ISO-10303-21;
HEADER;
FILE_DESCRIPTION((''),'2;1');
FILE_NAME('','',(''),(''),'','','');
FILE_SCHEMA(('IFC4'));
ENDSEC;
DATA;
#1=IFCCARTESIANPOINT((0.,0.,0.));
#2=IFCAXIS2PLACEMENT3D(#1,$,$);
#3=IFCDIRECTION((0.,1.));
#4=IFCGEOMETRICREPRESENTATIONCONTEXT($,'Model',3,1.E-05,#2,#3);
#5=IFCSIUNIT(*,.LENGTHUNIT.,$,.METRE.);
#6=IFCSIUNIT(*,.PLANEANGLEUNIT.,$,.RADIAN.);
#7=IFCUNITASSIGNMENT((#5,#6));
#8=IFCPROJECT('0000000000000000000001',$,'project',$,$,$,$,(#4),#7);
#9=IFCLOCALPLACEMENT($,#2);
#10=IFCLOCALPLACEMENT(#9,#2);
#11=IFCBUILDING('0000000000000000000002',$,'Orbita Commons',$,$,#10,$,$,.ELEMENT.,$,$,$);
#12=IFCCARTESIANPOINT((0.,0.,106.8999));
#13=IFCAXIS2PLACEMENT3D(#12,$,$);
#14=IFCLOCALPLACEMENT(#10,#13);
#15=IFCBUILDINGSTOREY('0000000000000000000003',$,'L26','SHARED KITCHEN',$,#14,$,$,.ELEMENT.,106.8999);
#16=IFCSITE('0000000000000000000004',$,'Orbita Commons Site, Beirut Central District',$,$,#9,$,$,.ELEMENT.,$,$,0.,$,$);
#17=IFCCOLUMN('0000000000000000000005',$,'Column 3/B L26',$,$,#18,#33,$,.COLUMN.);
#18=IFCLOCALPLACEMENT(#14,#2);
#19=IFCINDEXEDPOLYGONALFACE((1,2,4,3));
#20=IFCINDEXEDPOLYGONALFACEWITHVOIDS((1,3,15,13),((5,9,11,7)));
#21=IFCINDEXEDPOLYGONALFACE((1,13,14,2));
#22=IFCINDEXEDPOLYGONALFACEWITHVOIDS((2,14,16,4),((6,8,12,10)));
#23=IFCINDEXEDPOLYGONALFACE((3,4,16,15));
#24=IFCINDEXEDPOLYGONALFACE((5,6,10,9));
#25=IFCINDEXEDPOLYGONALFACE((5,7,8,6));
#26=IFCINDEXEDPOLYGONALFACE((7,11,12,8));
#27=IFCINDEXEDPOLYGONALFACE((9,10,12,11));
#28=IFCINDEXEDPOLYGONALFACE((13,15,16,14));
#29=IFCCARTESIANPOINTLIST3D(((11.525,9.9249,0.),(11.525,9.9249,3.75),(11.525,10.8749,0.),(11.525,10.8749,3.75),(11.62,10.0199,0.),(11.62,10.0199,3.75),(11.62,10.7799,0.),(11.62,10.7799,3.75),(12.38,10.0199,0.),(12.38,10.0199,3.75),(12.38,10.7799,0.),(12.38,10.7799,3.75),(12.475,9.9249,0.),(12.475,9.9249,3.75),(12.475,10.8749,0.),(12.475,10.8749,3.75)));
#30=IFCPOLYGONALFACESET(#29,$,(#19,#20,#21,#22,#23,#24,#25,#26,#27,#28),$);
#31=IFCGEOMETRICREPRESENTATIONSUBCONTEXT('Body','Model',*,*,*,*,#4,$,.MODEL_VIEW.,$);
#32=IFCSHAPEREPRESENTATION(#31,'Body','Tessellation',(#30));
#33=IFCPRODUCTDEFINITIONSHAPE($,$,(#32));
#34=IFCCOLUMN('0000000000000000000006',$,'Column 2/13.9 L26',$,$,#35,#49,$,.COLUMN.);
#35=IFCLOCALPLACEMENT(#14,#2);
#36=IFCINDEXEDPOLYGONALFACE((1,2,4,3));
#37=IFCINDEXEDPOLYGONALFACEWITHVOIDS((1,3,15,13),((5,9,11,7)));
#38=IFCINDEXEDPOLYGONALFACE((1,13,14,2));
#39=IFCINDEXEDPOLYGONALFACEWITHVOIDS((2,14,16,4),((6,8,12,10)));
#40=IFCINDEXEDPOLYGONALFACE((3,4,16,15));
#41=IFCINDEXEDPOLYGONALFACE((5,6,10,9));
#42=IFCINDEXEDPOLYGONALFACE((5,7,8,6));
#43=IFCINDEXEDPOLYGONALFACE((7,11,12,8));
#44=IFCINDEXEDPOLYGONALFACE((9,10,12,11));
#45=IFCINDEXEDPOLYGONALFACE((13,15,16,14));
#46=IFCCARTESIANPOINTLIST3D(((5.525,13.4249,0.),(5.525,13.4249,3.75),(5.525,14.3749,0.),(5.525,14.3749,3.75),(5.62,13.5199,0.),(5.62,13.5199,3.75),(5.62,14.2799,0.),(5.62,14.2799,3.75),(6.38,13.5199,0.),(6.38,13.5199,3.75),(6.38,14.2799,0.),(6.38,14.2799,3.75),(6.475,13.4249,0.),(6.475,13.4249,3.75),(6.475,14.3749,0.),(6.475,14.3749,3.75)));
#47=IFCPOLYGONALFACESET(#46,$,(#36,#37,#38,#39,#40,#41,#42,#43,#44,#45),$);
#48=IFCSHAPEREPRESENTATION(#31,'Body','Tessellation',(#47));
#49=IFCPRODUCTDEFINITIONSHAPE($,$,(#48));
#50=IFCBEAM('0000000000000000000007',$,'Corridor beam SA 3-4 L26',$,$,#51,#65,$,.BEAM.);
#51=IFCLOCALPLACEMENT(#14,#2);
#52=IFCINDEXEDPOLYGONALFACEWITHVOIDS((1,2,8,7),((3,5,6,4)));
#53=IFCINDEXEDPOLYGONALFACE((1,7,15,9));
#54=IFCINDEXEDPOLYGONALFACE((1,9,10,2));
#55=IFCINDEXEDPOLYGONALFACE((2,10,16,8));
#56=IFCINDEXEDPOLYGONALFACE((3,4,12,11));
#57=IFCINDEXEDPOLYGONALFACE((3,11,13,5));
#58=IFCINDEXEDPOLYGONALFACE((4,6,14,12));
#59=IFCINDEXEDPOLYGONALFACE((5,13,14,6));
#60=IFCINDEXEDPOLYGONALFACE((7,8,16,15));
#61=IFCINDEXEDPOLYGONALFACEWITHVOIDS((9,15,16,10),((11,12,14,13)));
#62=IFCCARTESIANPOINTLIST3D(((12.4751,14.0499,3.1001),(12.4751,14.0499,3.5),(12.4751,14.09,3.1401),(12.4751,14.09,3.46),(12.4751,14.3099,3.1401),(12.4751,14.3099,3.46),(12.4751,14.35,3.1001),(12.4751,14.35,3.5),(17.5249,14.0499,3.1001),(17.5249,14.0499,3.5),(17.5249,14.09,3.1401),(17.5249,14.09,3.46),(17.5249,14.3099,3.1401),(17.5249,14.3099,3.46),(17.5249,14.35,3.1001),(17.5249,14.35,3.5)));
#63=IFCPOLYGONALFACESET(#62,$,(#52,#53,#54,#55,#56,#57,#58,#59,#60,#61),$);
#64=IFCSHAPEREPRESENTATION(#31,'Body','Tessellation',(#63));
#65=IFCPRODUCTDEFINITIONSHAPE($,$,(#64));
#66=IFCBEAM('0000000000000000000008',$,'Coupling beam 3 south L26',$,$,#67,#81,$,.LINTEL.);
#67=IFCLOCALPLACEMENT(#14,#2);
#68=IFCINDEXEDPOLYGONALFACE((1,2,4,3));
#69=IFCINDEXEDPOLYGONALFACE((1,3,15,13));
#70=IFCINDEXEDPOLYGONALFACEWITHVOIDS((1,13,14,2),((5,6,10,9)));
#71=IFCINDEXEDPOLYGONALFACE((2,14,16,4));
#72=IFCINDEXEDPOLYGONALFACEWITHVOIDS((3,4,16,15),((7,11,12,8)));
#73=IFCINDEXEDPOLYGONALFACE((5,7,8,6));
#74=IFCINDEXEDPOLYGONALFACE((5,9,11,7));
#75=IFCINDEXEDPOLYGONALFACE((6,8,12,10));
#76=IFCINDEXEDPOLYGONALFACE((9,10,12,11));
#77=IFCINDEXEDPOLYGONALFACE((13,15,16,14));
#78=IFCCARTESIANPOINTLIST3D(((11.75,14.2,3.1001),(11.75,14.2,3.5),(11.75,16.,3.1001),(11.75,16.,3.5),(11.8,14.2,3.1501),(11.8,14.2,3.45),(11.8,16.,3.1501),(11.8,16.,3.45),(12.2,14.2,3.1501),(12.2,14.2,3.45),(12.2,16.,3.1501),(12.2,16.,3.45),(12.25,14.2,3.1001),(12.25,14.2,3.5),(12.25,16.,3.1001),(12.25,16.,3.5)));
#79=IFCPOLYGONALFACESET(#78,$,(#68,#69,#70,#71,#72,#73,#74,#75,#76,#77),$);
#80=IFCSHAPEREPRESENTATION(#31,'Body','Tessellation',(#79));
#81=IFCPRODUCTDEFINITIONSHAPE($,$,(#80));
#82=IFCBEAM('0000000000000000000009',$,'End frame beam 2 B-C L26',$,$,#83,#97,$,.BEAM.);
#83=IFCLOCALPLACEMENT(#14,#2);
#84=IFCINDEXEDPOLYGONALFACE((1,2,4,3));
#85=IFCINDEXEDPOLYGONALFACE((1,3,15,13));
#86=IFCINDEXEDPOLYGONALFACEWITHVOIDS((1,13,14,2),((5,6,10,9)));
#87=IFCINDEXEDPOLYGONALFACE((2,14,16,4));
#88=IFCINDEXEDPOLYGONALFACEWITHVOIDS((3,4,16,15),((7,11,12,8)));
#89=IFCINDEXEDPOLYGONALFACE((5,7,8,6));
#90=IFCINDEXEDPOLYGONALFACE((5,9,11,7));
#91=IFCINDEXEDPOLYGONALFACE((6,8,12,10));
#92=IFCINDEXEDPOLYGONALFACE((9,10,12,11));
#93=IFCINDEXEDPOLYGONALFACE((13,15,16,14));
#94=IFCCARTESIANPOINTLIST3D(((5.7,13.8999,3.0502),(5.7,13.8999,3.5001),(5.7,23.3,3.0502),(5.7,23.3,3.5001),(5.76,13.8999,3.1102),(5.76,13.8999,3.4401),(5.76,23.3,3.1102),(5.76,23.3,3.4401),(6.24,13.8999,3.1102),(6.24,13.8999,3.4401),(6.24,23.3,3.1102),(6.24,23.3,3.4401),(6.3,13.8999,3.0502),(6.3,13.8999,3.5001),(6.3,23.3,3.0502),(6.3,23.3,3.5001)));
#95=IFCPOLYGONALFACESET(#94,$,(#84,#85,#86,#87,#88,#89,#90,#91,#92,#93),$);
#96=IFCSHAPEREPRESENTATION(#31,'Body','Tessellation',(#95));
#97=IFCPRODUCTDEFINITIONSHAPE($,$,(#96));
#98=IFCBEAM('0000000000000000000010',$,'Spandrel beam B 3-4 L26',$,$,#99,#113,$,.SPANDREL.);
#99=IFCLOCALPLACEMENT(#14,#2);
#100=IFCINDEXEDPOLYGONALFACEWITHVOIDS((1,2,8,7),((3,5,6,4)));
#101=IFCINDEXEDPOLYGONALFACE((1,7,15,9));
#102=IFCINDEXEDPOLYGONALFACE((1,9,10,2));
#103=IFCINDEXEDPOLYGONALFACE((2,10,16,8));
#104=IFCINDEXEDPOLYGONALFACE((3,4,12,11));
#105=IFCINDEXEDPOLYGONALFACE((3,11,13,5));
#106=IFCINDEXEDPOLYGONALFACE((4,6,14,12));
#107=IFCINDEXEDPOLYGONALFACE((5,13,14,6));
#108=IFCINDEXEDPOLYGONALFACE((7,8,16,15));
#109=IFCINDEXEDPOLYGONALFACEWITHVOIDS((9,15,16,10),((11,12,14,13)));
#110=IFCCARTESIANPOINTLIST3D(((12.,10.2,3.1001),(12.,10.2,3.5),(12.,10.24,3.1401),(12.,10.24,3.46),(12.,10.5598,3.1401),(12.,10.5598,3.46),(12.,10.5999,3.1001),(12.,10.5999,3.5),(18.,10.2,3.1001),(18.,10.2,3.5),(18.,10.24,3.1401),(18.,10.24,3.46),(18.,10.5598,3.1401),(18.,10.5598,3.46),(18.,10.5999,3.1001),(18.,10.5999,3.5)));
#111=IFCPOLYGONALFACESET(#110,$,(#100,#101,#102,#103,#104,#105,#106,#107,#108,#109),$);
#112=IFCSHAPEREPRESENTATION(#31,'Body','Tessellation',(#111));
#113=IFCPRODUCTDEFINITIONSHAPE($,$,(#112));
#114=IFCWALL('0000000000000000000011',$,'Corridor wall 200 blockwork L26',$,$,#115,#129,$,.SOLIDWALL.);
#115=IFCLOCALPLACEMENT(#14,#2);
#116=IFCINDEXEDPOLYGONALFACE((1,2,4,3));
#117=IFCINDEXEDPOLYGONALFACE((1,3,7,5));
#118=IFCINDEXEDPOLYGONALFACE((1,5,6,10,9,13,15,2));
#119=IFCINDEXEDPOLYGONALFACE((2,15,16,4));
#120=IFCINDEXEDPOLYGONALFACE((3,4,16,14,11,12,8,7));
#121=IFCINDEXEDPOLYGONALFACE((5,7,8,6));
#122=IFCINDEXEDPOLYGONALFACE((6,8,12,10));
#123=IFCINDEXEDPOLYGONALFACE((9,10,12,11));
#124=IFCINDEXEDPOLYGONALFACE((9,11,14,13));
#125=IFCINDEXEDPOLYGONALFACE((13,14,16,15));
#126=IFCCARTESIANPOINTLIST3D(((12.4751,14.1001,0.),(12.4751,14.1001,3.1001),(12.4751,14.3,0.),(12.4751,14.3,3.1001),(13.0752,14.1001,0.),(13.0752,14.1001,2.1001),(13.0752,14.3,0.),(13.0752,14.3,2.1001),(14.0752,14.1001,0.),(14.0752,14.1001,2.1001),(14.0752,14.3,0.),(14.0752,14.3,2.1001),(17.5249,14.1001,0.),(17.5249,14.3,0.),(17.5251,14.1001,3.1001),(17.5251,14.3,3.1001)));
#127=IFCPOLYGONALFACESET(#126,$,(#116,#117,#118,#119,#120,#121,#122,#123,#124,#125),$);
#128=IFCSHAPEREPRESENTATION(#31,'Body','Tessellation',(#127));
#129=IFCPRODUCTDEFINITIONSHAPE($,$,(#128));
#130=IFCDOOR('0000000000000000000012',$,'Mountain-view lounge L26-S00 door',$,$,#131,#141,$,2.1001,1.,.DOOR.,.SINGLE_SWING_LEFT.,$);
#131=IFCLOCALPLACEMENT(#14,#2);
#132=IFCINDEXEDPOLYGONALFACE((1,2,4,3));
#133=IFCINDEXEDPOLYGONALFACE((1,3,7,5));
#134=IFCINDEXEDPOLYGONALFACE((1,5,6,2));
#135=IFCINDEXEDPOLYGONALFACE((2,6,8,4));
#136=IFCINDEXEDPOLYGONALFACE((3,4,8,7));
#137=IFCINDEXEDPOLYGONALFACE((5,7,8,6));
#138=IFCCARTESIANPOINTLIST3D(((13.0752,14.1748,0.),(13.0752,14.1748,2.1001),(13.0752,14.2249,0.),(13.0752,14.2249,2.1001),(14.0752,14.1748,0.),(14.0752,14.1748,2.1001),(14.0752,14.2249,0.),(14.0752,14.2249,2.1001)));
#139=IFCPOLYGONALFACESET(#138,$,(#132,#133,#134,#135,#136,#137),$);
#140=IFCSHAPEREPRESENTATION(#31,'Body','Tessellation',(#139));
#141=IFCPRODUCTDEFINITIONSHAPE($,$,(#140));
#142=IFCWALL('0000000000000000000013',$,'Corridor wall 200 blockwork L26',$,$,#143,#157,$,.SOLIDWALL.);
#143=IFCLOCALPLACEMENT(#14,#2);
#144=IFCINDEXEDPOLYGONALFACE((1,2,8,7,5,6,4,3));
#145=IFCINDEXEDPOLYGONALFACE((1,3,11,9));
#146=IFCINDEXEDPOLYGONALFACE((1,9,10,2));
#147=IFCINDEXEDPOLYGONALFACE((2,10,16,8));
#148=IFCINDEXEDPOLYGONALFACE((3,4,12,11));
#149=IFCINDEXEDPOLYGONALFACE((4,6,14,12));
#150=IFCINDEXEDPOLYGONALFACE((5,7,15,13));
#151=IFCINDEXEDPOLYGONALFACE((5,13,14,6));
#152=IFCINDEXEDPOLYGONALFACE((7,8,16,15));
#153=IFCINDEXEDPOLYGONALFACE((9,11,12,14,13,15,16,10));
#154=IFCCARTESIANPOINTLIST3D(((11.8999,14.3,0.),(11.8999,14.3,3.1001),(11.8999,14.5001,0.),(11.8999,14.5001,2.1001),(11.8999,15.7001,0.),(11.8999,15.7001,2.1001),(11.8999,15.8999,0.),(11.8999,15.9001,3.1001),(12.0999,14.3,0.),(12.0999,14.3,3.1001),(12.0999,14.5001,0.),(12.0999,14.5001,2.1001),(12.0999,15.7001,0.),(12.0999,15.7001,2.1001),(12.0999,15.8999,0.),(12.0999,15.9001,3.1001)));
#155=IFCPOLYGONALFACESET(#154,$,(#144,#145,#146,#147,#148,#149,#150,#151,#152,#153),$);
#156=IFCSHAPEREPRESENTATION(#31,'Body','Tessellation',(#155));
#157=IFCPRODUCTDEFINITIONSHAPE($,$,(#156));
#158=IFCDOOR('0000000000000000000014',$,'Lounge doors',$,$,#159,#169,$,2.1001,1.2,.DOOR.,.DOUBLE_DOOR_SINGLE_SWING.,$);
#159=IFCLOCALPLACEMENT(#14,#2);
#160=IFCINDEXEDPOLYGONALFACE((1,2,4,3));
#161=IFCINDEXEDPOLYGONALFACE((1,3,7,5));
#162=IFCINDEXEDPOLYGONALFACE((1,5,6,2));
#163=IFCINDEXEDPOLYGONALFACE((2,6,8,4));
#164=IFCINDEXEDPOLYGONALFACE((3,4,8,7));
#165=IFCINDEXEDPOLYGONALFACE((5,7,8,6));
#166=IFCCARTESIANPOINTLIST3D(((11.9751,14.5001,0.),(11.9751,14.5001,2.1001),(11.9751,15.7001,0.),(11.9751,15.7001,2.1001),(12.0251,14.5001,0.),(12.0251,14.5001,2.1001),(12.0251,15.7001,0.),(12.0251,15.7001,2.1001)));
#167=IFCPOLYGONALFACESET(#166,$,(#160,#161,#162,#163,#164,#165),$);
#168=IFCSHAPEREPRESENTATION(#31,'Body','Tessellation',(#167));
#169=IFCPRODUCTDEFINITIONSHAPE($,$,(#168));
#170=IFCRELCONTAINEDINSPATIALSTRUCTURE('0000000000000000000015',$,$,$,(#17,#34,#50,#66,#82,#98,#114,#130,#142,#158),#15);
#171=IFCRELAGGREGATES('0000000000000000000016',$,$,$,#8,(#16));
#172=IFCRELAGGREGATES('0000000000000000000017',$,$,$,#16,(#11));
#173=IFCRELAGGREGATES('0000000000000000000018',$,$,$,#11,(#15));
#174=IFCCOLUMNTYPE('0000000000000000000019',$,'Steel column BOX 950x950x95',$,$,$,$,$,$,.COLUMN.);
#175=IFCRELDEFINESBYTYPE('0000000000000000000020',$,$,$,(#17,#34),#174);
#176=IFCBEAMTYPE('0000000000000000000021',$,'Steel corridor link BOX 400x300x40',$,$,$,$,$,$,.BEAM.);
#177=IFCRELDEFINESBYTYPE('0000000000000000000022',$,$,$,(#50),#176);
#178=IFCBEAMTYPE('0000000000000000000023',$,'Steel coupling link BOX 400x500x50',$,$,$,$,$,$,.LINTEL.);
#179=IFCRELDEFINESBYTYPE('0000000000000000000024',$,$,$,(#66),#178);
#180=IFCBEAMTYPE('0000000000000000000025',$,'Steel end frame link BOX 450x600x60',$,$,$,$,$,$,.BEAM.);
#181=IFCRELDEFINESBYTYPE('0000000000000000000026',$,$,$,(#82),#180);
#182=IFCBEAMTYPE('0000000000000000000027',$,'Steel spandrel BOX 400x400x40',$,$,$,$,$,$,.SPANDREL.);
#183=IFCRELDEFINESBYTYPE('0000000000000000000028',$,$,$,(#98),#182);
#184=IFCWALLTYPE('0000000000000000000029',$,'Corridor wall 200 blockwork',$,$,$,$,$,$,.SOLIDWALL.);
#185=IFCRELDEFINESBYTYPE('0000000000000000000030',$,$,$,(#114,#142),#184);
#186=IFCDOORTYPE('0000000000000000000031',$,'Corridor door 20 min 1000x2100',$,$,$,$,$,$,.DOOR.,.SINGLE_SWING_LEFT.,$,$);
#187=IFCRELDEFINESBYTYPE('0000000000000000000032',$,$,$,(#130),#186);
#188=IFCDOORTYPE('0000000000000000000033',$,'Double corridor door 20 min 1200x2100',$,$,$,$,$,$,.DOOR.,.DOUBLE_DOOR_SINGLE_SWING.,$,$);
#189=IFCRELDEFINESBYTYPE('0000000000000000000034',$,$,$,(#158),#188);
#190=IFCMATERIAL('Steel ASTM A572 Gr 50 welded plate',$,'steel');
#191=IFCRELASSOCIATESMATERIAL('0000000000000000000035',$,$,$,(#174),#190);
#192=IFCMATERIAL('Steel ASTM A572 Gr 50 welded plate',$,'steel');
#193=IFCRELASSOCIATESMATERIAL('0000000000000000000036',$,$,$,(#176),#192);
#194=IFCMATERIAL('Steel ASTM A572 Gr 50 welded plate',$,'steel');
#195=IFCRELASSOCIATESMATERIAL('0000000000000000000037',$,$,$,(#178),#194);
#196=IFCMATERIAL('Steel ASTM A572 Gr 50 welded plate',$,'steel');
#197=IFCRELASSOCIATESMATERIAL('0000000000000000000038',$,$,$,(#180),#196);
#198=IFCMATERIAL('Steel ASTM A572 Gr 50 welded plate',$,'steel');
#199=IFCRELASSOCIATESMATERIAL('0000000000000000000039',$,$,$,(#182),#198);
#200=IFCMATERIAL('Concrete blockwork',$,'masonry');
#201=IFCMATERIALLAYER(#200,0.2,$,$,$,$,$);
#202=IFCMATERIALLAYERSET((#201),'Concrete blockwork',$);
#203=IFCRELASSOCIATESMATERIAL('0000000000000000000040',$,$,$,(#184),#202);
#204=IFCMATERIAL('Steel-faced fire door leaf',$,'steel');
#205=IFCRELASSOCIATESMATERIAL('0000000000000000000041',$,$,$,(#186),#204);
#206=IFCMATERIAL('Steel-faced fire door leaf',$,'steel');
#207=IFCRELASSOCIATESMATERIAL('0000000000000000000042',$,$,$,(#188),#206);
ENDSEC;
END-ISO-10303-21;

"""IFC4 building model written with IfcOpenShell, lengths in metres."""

from ifc_helpers import new_model, si_unit, direction, frame, frame_2d, origin, origin_2d, place, context, subcontext, project, spatial, polyline, rectangle, hollow_rectangle, outline, extrude, material, layer, layer_set, material_profile, profile_set, type_object, element, fill, save


model = new_model("IFC4")

# Units and contexts
model_context = context("Model", 3, precision=1e-05, world=origin(), true_north=direction((0.0, 1.0)))
body_context = subcontext(model_context, "Body", "Model", "MODEL_VIEW")
ifc_project = project(units=[si_unit("LENGTHUNIT", "METRE"), si_unit("PLANEANGLEUNIT", "RADIAN")], contexts=[model_context])

# Site, building, storey
site_placement = place(None, origin())
site = spatial("IfcSite", under=ifc_project, at=site_placement, Name="Orbita Commons Site, Beirut Central District", CompositionType="ELEMENT", RefElevation=0.0)
building_placement = place(site_placement, origin())
building = spatial("IfcBuilding", under=site, at=building_placement, Name="Orbita Commons", CompositionType="ELEMENT")
storey_placement = place(building_placement, frame((0.0, 0.0, 106.8999)))
storey = spatial("IfcBuildingStorey", under=building, at=storey_placement, Name="L26", Description="SHARED KITCHEN", CompositionType="ELEMENT", Elevation=106.8999)

# Columns
ifc_material_1 = material(Name="Steel ASTM A572 Gr 50 welded plate", Category="steel")
ifc_material_profile_1 = material_profile(ifc_material_1, hollow_rectangle(XDim=0.95, YDim=0.95, WallThickness=0.095, at=origin_2d()), Name="BOX 950x950x95")
ifc_profile_set_1 = profile_set([ifc_material_profile_1], Name="Steel ASTM A572 Gr 50 welded plate")
column_type = type_object("IfcColumnType", Name="Steel column BOX 950x950x95", PredefinedType="COLUMN", material=ifc_profile_set_1)
for number, where, z_axis, x_axis, name in (
    (1, (12.0, 10.3999, 0.0), (0.0, 0.0, 1.0), (1.0, 0.0, 0.0), "Column 3/B L26"),
    (2, (6.0, 13.8999, 0.0), (0.0, 0.0, 1.0), (1.0, 0.0, 0.0), "Column 2/13.9 L26"),
):
    element("IfcColumn", number, at=place(storey_placement, frame(where, z_axis=z_axis, x_axis=x_axis)), inside=storey, type_object=column_type, Name=name, PredefinedType="COLUMN", context=body_context, shape_type="SweptSolid", body=[
        extrude(hollow_rectangle(XDim=0.95, YDim=0.95, WallThickness=0.095, at=origin_2d()), origin(), (0.0, 0.0, 1.0), 3.75),
    ])

# Beams
ifc_material_2 = material(Name="Steel ASTM A572 Gr 50 welded plate", Category="steel")
ifc_material_profile_2 = material_profile(ifc_material_2, hollow_rectangle(XDim=0.3, YDim=0.3999, WallThickness=0.04, at=origin_2d()), Name="BOX 400x300x40")
ifc_profile_set_2 = profile_set([ifc_material_profile_2], Name="Steel ASTM A572 Gr 50 welded plate")
beam_type_1 = type_object("IfcBeamType", Name="Steel corridor link BOX 400x300x40", PredefinedType="BEAM", material=ifc_profile_set_2)
beam_1_placement = place(storey_placement, frame((12.4751, 14.2, 3.3), z_axis=(1.0, 0.0, 0.0), x_axis=(0.0, 1.0, 0.0)))
element("IfcBeam", 3, at=beam_1_placement, inside=storey, type_object=beam_type_1, Name="Corridor beam SA 3-4 L26", PredefinedType="BEAM", context=body_context, shape_type="SweptSolid", body=[
    extrude(hollow_rectangle(XDim=0.3, YDim=0.3999, WallThickness=0.04, at=origin_2d()), origin(), (0.0, 0.0, 1.0), 5.0498),
])
ifc_material_3 = material(Name="Steel ASTM A572 Gr 50 welded plate", Category="steel")
ifc_material_profile_3 = material_profile(ifc_material_3, hollow_rectangle(XDim=0.5, YDim=0.3999, WallThickness=0.05, at=origin_2d()), Name="BOX 400x500x50")
ifc_profile_set_3 = profile_set([ifc_material_profile_3], Name="Steel ASTM A572 Gr 50 welded plate")
beam_type_2 = type_object("IfcBeamType", Name="Steel coupling link BOX 400x500x50", PredefinedType="LINTEL", material=ifc_profile_set_3)
beam_2_placement = place(storey_placement, frame((12.0, 14.2, 3.3), z_axis=(0.0, 1.0, 0.0), x_axis=(-1.0, 0.0, 0.0)))
element("IfcBeam", 4, at=beam_2_placement, inside=storey, type_object=beam_type_2, Name="Coupling beam 3 south L26", PredefinedType="LINTEL", context=body_context, shape_type="SweptSolid", body=[
    extrude(hollow_rectangle(XDim=0.5, YDim=0.3999, WallThickness=0.05, at=origin_2d()), origin(), (0.0, 0.0, 1.0), 1.8),
])
ifc_material_4 = material(Name="Steel ASTM A572 Gr 50 welded plate", Category="steel")
ifc_material_profile_4 = material_profile(ifc_material_4, hollow_rectangle(XDim=0.6001, YDim=0.45, WallThickness=0.0601, at=origin_2d()), Name="BOX 450x600x60")
ifc_profile_set_4 = profile_set([ifc_material_profile_4], Name="Steel ASTM A572 Gr 50 welded plate")
beam_type_3 = type_object("IfcBeamType", Name="Steel end frame link BOX 450x600x60", PredefinedType="BEAM", material=ifc_profile_set_4)
beam_3_placement = place(storey_placement, frame((6.0, 13.8999, 3.2751), z_axis=(0.0, 1.0, 0.0), x_axis=(-1.0, 0.0, 0.0)))
element("IfcBeam", 5, at=beam_3_placement, inside=storey, type_object=beam_type_3, Name="End frame beam 2 B-C L26", PredefinedType="BEAM", context=body_context, shape_type="SweptSolid", body=[
    extrude(hollow_rectangle(XDim=0.6001, YDim=0.45, WallThickness=0.0601, at=origin_2d()), origin(), (0.0, 0.0, 1.0), 9.4001),
])
ifc_material_5 = material(Name="Steel ASTM A572 Gr 50 welded plate", Category="steel")
ifc_material_profile_5 = material_profile(ifc_material_5, hollow_rectangle(XDim=0.3999, YDim=0.3999, WallThickness=0.04, at=origin_2d()), Name="BOX 400x400x40")
ifc_profile_set_5 = profile_set([ifc_material_profile_5], Name="Steel ASTM A572 Gr 50 welded plate")
beam_type_4 = type_object("IfcBeamType", Name="Steel spandrel BOX 400x400x40", PredefinedType="SPANDREL", material=ifc_profile_set_5)
beam_4_placement = place(storey_placement, frame((12.0, 10.3999, 3.3), z_axis=(1.0, 0.0, 0.0), x_axis=(0.0, 1.0, 0.0)))
element("IfcBeam", 6, at=beam_4_placement, inside=storey, type_object=beam_type_4, Name="Spandrel beam B 3-4 L26", PredefinedType="SPANDREL", context=body_context, shape_type="SweptSolid", body=[
    extrude(hollow_rectangle(XDim=0.3999, YDim=0.3999, WallThickness=0.04, at=origin_2d()), origin(), (0.0, 0.0, 1.0), 6.0),
])

# Walls, openings, doors
ifc_material_6 = material(Name="Concrete blockwork", Category="masonry")
ifc_layer_1 = layer(ifc_material_6, 0.2)
ifc_layer_set_1 = layer_set([ifc_layer_1], Name="Concrete blockwork")
wall_type_1 = type_object("IfcWallType", Name="Corridor wall 200 blockwork", PredefinedType="SOLIDWALL", material=ifc_layer_set_1)
wall_1_placement = place(storey_placement, frame((12.4751, 14.2, 0.0), z_axis=(0.0, 0.0, 1.0), x_axis=(1.0, 0.0, 0.0)))
wall_1 = element("IfcWall", 7, at=wall_1_placement, inside=storey, type_object=wall_type_1, Name="Corridor wall 200 blockwork L26", PredefinedType="SOLIDWALL", context=body_context, shape_type="SweptSolid", body=[
    extrude(outline(polyline([(0.0, 0.0), (5.0498, 0.0), (5.05, 3.1001), (0.0, 3.1001), (0.0, 0.0)])), frame((0.0, 0.1001, 0.0), z_axis=(0.0, -1.0, 0.0), x_axis=(1.0, 0.0, 0.0)), (0.0, 0.0, 1.0), 0.2),
])
opening_1_placement = place(wall_1_placement, frame((0.6001, 0.0, 0.0)))
opening_1 = element("IfcOpeningElement", 8, at=opening_1_placement, cuts=wall_1, PredefinedType="OPENING", context=body_context, shape_type="SweptSolid", body=[
    extrude(rectangle(XDim=1.0, YDim=2.1001, at=frame_2d((0.5, 1.05))), frame((0.0, 0.1099, 0.0), z_axis=(0.0, -1.0, 0.0), x_axis=(1.0, 0.0, 0.0)), (0.0, 0.0, 1.0), 0.22),
])
ifc_material_7 = material(Name="Steel-faced fire door leaf", Category="steel")
door_type_1 = type_object("IfcDoorType", Name="Corridor door 20 min 1000x2100", OperationType="SINGLE_SWING_LEFT", PredefinedType="DOOR", material=ifc_material_7)
door_1_placement = place(opening_1_placement, origin())
door_1 = element("IfcDoor", 9, at=door_1_placement, inside=storey, type_object=door_type_1, Name="Mountain-view lounge L26-S00 door", OperationType="SINGLE_SWING_LEFT", OverallHeight=2.1001, OverallWidth=1.0, PredefinedType="DOOR", context=body_context, shape_type="SweptSolid", body=[
    extrude(rectangle(XDim=1.0, YDim=2.1001, at=frame_2d((0.5, 1.05))), frame((0.0, 0.0249, 0.0), z_axis=(0.0, -1.0, 0.0), x_axis=(1.0, 0.0, 0.0)), (0.0, 0.0, 1.0), 0.05),
])
fill(opening_1, door_1)
wall_2_placement = place(storey_placement, frame((12.0, 14.3, 0.0), z_axis=(0.0, 0.0, 1.0), x_axis=(0.0, 1.0, 0.0)))
wall_2 = element("IfcWall", 10, at=wall_2_placement, inside=storey, type_object=wall_type_1, Name="Corridor wall 200 blockwork L26", PredefinedType="SOLIDWALL", context=body_context, shape_type="SweptSolid", body=[
    extrude(outline(polyline([(0.0, 0.0), (1.5999, 0.0), (1.6001, 3.1001), (0.0, 3.1001), (0.0, 0.0)])), frame((0.0, 0.1001, 0.0), z_axis=(0.0, -1.0, 0.0), x_axis=(1.0, 0.0, 0.0)), (0.0, 0.0, 1.0), 0.2),
])
opening_2_placement = place(wall_2_placement, frame((0.2, 0.0, 0.0)))
opening_2 = element("IfcOpeningElement", 11, at=opening_2_placement, cuts=wall_2, PredefinedType="OPENING", context=body_context, shape_type="SweptSolid", body=[
    extrude(rectangle(XDim=1.2, YDim=2.1001, at=frame_2d((0.6001, 1.05))), frame((0.0, 0.1099, 0.0), z_axis=(0.0, -1.0, 0.0), x_axis=(1.0, 0.0, 0.0)), (0.0, 0.0, 1.0), 0.22),
])
ifc_material_8 = material(Name="Steel-faced fire door leaf", Category="steel")
door_type_2 = type_object("IfcDoorType", Name="Double corridor door 20 min 1200x2100", OperationType="DOUBLE_DOOR_SINGLE_SWING", PredefinedType="DOOR", material=ifc_material_8)
door_2_placement = place(opening_2_placement, origin())
door_2 = element("IfcDoor", 12, at=door_2_placement, inside=storey, type_object=door_type_2, Name="Lounge doors", OperationType="DOUBLE_DOOR_SINGLE_SWING", OverallHeight=2.1001, OverallWidth=1.2, PredefinedType="DOOR", context=body_context, shape_type="SweptSolid", body=[
    extrude(rectangle(XDim=1.2, YDim=2.1001, at=frame_2d((0.6001, 1.05))), frame((0.0, 0.0249, 0.0), z_axis=(0.0, -1.0, 0.0), x_axis=(1.0, 0.0, 0.0)), (0.0, 0.0, 1.0), 0.05),
])
fill(opening_2, door_2)

save(model, "model.ifc")
